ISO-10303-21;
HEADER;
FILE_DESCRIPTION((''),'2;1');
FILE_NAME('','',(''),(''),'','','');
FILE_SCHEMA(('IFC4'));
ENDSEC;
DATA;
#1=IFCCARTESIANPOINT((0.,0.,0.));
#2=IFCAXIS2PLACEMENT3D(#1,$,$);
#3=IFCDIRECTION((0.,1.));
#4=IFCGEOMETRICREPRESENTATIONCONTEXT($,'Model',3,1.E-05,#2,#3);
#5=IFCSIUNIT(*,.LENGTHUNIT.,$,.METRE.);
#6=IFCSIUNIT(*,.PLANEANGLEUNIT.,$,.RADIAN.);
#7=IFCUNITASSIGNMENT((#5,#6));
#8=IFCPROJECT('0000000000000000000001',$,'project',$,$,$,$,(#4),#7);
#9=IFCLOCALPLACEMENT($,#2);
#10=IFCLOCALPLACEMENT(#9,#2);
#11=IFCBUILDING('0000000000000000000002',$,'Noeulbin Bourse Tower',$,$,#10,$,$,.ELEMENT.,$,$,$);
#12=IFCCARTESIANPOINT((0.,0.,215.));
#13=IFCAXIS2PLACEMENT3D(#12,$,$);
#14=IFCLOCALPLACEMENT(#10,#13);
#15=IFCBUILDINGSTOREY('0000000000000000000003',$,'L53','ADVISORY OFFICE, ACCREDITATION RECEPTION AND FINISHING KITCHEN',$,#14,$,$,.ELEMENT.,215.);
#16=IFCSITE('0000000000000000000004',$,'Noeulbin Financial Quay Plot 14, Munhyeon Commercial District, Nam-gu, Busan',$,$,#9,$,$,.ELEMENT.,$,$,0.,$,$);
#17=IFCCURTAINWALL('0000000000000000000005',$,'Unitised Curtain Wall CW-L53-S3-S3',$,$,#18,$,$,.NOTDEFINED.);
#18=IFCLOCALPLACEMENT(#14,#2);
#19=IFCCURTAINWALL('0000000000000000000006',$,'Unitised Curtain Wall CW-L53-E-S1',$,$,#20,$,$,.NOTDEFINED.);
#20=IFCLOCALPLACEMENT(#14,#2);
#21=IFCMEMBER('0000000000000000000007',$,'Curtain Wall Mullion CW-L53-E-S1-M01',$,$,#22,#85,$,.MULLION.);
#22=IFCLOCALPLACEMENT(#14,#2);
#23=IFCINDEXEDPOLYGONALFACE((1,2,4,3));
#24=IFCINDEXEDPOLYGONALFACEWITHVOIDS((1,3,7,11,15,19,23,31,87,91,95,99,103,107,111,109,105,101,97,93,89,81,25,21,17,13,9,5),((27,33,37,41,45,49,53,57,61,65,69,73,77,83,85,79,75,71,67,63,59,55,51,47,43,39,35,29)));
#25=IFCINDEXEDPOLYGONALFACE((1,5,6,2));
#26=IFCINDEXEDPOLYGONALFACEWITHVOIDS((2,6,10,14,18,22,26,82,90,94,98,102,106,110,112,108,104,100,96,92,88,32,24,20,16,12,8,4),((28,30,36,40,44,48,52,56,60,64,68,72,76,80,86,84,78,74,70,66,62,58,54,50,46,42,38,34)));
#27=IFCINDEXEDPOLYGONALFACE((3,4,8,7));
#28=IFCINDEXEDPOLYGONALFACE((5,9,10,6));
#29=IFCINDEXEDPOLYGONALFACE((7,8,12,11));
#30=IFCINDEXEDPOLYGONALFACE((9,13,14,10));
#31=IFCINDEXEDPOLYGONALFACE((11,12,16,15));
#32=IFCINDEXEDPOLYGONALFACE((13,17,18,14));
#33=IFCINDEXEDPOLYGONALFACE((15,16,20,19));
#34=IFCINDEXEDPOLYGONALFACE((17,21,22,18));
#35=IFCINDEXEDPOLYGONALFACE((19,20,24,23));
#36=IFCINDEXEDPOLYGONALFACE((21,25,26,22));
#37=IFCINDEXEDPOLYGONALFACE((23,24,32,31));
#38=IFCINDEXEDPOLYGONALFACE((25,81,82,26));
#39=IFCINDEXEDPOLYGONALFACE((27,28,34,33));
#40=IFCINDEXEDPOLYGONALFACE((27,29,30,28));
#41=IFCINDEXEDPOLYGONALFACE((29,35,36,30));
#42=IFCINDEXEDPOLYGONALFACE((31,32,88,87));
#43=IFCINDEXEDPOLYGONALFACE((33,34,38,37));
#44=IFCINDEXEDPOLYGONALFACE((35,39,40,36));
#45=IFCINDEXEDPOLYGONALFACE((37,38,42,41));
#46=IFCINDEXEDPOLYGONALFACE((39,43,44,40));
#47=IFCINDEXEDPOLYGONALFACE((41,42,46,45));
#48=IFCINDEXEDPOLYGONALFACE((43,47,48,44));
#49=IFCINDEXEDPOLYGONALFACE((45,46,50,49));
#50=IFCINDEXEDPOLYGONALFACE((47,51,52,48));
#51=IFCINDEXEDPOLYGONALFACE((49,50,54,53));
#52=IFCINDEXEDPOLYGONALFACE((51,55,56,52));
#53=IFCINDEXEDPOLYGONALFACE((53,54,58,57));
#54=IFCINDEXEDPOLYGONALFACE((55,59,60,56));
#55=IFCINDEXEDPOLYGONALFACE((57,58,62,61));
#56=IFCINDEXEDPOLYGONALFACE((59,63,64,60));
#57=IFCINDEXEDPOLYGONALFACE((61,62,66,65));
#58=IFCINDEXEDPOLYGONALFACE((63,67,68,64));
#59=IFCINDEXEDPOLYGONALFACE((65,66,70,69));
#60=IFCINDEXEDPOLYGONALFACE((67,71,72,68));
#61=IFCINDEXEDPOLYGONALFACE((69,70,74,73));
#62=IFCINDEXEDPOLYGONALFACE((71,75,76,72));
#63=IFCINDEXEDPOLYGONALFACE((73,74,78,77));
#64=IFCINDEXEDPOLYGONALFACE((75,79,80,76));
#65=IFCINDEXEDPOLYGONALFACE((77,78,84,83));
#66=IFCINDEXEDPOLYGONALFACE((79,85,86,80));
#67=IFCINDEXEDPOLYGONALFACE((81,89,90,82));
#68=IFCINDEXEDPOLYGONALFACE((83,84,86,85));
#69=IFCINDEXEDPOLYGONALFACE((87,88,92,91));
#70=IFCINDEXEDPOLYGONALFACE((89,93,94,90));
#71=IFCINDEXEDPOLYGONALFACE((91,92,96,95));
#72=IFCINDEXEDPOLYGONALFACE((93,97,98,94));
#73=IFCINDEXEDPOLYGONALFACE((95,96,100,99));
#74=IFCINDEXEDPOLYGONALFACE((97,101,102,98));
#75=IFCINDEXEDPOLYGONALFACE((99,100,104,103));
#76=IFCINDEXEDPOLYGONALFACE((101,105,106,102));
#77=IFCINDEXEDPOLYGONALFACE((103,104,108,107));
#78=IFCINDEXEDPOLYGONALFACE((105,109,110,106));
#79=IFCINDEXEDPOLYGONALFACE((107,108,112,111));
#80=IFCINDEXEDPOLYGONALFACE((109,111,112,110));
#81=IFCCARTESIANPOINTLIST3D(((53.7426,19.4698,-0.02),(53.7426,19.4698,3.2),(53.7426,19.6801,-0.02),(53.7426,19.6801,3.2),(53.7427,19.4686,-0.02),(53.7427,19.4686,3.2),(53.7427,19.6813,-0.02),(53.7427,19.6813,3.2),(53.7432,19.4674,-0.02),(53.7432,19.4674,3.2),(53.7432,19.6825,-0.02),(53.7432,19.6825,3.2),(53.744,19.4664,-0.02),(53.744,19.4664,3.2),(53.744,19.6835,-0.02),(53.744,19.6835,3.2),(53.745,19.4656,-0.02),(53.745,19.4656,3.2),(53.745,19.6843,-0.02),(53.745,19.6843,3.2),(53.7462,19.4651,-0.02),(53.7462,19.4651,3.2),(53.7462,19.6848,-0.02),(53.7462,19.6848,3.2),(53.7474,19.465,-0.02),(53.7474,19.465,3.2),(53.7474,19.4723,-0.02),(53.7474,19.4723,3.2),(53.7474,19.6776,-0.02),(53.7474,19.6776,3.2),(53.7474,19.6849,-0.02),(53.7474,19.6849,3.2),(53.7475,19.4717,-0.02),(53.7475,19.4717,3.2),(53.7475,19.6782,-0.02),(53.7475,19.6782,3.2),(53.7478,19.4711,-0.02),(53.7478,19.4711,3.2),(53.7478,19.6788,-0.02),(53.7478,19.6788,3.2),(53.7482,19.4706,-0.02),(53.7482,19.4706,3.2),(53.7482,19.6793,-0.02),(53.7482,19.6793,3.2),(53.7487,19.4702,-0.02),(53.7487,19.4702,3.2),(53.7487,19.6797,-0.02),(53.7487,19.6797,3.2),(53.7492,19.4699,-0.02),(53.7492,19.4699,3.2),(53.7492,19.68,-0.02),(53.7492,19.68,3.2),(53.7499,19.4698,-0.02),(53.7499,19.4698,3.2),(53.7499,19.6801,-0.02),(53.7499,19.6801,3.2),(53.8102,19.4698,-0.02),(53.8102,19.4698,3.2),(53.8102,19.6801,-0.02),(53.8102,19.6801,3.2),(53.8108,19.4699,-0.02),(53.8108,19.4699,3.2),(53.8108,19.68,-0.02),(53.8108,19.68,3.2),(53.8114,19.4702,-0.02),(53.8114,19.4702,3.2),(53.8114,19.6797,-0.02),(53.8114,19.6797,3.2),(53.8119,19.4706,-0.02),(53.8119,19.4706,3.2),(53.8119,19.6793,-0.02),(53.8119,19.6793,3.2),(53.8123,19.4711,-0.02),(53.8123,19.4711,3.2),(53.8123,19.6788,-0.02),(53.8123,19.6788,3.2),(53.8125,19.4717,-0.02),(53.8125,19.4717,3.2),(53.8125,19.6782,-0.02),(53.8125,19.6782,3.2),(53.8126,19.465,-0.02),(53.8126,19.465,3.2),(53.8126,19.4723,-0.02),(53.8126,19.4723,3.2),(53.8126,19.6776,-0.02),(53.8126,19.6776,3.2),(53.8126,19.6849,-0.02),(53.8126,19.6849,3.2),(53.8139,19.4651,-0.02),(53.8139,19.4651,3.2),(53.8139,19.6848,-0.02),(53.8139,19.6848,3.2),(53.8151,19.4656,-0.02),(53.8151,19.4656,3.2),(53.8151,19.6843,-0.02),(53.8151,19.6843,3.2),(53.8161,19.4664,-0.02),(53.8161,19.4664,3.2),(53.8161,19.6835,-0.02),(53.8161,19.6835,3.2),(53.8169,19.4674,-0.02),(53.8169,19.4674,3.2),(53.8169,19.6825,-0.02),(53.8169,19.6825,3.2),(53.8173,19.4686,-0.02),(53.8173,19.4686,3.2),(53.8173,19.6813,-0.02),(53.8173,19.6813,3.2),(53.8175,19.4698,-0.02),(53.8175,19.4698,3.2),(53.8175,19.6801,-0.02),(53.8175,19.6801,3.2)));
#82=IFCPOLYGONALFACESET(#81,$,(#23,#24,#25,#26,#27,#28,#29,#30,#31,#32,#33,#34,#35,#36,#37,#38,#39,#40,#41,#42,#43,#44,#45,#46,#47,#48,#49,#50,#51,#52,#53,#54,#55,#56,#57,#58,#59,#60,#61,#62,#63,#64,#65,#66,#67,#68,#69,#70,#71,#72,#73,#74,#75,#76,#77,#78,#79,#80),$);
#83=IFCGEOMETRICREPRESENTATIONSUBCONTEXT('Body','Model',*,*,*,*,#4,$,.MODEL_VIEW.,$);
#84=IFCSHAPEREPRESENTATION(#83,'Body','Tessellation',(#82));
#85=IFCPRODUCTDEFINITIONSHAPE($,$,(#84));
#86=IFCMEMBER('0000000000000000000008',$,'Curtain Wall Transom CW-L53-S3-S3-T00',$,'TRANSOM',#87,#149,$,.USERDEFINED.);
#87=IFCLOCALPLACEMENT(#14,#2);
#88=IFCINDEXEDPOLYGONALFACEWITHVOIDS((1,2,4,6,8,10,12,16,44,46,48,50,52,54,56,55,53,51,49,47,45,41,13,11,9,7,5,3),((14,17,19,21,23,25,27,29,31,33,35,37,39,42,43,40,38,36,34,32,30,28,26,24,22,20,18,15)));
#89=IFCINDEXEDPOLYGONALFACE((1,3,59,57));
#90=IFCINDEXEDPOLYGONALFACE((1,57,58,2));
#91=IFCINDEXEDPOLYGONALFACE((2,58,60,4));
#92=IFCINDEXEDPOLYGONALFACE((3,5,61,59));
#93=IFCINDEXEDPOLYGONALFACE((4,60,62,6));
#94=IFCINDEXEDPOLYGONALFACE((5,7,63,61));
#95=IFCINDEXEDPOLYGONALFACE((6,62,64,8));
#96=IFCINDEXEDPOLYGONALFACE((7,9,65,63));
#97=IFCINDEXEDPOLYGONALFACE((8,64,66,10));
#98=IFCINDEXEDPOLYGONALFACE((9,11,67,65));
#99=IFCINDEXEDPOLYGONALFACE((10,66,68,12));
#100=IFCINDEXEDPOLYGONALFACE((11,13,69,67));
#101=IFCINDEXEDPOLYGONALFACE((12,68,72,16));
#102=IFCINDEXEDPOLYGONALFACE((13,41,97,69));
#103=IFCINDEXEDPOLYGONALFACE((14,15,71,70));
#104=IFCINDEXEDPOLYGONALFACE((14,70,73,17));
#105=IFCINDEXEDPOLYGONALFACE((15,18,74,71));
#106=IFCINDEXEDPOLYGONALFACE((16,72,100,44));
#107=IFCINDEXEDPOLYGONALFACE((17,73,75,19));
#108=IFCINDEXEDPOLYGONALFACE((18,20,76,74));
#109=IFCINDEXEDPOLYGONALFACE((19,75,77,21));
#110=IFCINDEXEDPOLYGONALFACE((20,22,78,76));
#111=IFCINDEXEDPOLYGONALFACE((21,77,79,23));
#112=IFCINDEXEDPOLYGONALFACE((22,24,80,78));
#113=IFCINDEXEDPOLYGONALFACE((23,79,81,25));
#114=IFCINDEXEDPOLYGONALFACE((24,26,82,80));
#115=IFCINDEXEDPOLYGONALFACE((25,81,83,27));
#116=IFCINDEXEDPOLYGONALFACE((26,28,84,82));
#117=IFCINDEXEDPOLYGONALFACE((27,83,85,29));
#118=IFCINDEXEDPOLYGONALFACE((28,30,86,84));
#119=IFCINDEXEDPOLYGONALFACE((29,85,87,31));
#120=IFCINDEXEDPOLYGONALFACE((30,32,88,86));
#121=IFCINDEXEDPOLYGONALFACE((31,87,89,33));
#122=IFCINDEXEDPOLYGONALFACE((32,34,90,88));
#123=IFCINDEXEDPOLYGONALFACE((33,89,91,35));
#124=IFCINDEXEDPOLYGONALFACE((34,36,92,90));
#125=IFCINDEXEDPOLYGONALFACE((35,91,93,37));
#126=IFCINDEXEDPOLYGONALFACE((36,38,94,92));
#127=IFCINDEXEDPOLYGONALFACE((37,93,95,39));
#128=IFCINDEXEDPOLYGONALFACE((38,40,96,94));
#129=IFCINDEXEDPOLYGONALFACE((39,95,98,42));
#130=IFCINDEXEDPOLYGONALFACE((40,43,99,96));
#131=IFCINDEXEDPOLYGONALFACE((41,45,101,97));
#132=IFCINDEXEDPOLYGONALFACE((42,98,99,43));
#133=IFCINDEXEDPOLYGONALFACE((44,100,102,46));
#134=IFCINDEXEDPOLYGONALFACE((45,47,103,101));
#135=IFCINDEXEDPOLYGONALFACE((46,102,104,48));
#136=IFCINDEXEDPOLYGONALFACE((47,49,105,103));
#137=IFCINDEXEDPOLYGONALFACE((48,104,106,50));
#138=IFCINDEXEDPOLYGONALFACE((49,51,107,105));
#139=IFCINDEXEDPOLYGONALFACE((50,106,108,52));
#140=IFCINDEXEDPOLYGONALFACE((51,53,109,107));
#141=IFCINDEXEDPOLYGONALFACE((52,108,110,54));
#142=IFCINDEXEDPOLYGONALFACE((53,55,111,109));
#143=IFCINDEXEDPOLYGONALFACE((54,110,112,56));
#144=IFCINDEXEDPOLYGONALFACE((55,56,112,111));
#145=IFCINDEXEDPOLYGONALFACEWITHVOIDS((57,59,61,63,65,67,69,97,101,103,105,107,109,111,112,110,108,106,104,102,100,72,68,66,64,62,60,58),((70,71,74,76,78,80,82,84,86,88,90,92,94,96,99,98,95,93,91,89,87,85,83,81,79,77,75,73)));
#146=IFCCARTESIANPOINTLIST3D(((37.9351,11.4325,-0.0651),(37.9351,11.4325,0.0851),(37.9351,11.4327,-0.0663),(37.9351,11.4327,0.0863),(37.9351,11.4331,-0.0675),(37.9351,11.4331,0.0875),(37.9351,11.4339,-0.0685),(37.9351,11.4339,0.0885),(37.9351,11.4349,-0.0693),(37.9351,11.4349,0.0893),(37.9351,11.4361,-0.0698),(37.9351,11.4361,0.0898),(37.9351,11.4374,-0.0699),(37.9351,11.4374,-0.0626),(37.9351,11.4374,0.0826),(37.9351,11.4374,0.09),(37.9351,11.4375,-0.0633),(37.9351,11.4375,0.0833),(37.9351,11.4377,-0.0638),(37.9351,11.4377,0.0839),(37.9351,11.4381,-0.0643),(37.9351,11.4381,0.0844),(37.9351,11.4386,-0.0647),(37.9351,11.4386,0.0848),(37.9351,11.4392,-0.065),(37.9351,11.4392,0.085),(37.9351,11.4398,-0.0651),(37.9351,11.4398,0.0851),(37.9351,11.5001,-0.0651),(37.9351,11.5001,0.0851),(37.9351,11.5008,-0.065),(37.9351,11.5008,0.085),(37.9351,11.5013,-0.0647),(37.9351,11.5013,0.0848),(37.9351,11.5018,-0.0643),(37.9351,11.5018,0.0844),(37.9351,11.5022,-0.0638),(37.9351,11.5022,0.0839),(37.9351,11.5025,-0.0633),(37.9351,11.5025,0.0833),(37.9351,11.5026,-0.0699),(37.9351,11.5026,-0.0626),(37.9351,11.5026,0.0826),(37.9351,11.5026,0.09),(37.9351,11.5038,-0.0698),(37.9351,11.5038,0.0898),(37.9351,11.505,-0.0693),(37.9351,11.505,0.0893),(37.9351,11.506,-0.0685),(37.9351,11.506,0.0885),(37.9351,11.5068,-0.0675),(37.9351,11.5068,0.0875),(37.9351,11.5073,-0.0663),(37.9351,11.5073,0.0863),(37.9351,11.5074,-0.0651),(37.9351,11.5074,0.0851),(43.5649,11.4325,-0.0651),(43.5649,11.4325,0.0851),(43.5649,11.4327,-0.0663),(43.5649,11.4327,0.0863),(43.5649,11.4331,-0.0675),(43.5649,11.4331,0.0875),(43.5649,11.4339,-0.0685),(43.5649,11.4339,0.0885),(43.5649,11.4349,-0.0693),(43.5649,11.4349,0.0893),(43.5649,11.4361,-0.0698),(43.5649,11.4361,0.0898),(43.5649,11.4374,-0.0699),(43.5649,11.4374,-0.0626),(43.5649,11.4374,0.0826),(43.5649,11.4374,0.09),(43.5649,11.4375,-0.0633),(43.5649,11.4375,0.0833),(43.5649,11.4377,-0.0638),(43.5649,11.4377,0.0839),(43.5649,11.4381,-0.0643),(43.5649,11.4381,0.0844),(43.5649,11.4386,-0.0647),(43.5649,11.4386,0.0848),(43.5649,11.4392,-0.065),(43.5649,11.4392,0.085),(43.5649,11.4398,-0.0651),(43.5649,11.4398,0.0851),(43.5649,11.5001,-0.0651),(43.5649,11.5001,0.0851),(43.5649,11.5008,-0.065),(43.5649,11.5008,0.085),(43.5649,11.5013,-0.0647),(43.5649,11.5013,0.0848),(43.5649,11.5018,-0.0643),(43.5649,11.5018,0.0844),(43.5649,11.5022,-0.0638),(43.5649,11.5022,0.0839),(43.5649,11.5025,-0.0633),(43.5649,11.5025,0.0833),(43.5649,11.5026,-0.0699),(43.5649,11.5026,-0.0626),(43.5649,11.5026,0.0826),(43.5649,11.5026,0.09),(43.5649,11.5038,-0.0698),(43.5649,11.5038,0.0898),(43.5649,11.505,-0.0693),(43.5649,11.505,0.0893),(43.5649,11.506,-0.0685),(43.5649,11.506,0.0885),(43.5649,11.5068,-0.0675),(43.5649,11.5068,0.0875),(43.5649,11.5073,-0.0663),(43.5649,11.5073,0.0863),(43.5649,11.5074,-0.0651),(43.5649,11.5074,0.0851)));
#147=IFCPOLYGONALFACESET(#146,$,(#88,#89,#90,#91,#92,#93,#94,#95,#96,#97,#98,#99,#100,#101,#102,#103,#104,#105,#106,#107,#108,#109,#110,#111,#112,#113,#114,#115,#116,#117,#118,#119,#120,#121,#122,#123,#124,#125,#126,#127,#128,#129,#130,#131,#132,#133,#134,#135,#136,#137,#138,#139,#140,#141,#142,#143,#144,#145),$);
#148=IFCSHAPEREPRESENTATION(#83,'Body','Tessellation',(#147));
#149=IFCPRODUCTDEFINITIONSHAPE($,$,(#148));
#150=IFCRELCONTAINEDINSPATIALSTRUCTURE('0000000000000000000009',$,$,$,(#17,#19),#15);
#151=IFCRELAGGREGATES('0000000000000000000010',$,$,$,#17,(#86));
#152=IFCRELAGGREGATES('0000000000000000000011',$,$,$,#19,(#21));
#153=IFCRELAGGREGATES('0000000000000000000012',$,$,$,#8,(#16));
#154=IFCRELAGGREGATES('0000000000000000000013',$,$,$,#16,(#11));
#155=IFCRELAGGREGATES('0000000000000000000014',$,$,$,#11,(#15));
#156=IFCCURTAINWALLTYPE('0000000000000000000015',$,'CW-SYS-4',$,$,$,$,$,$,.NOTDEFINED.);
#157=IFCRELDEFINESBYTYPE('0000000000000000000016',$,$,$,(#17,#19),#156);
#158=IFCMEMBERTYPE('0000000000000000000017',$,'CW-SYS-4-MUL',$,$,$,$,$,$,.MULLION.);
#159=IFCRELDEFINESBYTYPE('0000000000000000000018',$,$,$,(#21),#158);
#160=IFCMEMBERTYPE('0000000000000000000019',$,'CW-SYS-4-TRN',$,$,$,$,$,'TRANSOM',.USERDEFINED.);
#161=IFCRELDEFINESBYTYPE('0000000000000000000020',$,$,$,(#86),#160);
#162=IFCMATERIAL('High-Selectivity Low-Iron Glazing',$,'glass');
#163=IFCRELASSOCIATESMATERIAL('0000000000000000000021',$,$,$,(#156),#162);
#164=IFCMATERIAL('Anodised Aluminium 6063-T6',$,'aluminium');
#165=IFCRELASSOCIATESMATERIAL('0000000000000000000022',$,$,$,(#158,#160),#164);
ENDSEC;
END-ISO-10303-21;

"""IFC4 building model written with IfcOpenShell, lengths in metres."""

from ifc_helpers import new_model, si_unit, direction, frame, origin, origin_2d, place, context, subcontext, project, spatial, hollow_rectangle, extrude, material, material_profile, profile_set, type_object, element, aggregate, save


model = new_model("IFC4")

# Units and contexts
model_context = context("Model", 3, precision=1e-05, world=origin(), true_north=direction((0.0, 1.0)))
body_context = subcontext(model_context, "Body", "Model", "MODEL_VIEW")
ifc_project = project(units=[si_unit("LENGTHUNIT", "METRE"), si_unit("PLANEANGLEUNIT", "RADIAN")], contexts=[model_context])

# Site, building, storey
site_placement = place(None, origin())
site = spatial("IfcSite", under=ifc_project, at=site_placement, Name="Noeulbin Financial Quay Plot 14, Munhyeon Commercial District, Nam-gu, Busan", CompositionType="ELEMENT", RefElevation=0.0)
building_placement = place(site_placement, origin())
building = spatial("IfcBuilding", under=site, at=building_placement, Name="Noeulbin Bourse Tower", CompositionType="ELEMENT")
storey_placement = place(building_placement, frame((0.0, 0.0, 215.0)))
storey = spatial("IfcBuildingStorey", under=building, at=storey_placement, Name="L53", Description="ADVISORY OFFICE, ACCREDITATION RECEPTION AND FINISHING KITCHEN", CompositionType="ELEMENT", Elevation=215.0)

# Curtain walls, member
ifc_material_1 = material(Name="High-Selectivity Low-Iron Glazing", Category="glass")
curtain_wall_type = type_object("IfcCurtainWallType", Name="CW-SYS-4", PredefinedType="NOTDEFINED", material=ifc_material_1)
curtain_wall_1_placement = place(storey_placement, origin())
curtain_wall_1 = element("IfcCurtainWall", 1, at=curtain_wall_1_placement, inside=storey, type_object=curtain_wall_type, Name="Unitised Curtain Wall CW-L53-S3-S3", PredefinedType="NOTDEFINED")
ifc_material_2 = material(Name="Anodised Aluminium 6063-T6", Category="aluminium")
ifc_material_profile_1 = material_profile(ifc_material_2, hollow_rectangle(XDim=0.075, YDim=0.22, WallThickness=0.0049, InnerFilletRadius=0.0024, OuterFilletRadius=0.0049, at=origin_2d()), Name="ALU-MULL-75x220x5", Category="LoadBearing")
ifc_profile_set_1 = profile_set([ifc_material_profile_1], Name="Anodised Aluminium 6063-T6")
member_type_1 = type_object("IfcMemberType", Name="CW-SYS-4-MUL", PredefinedType="MULLION", material=ifc_profile_set_1)
curtain_wall_2_placement = place(storey_placement, origin())
curtain_wall_2 = element("IfcCurtainWall", 2, at=curtain_wall_2_placement, inside=storey, type_object=curtain_wall_type, Name="Unitised Curtain Wall CW-L53-E-S1", PredefinedType="NOTDEFINED")
member_1_placement = place(storey_placement, frame((53.78, 19.575, -0.02), z_axis=(0.0, 0.0, 1.0), x_axis=(1.0, 0.0, 0.0)))
member_1 = element("IfcMember", 3, at=member_1_placement, type_object=member_type_1, Name="Curtain Wall Mullion CW-L53-E-S1-M01", PredefinedType="MULLION", context=body_context, shape_type="SweptSolid", body=[
    extrude(hollow_rectangle(XDim=0.075, YDim=0.22, WallThickness=0.0049, InnerFilletRadius=0.0024, OuterFilletRadius=0.0049, at=origin_2d()), origin(), (0.0, 0.0, 1.0), 3.22),
])

# Member
ifc_material_profile_2 = material_profile(ifc_material_2, hollow_rectangle(XDim=0.075, YDim=0.1599, WallThickness=0.0049, InnerFilletRadius=0.0024, OuterFilletRadius=0.0049, at=origin_2d()), Name="ALU-TRAN-75x160x5", Category="LoadBearing")
ifc_profile_set_2 = profile_set([ifc_material_profile_2], Name="Anodised Aluminium 6063-T6")
member_type_2 = type_object("IfcMemberType", Name="CW-SYS-4-TRN", ElementType="TRANSOM", PredefinedType="USERDEFINED", material=ifc_profile_set_2)
member_2_placement = place(storey_placement, frame((37.9351, 11.47, 0.01), z_axis=(1.0, 0.0, 0.0), x_axis=(0.0, 1.0, 0.0)))
member_2 = element("IfcMember", 4, at=member_2_placement, type_object=member_type_2, Name="Curtain Wall Transom CW-L53-S3-S3-T00", ObjectType="TRANSOM", PredefinedType="USERDEFINED", context=body_context, shape_type="SweptSolid", body=[
    extrude(hollow_rectangle(XDim=0.075, YDim=0.1599, WallThickness=0.0049, InnerFilletRadius=0.0024, OuterFilletRadius=0.0049, at=origin_2d()), origin(), (0.0, 0.0, 1.0), 5.6299),
])

aggregate(curtain_wall_1, [member_2])
aggregate(curtain_wall_2, [member_1])

save(model, "model.ifc")
